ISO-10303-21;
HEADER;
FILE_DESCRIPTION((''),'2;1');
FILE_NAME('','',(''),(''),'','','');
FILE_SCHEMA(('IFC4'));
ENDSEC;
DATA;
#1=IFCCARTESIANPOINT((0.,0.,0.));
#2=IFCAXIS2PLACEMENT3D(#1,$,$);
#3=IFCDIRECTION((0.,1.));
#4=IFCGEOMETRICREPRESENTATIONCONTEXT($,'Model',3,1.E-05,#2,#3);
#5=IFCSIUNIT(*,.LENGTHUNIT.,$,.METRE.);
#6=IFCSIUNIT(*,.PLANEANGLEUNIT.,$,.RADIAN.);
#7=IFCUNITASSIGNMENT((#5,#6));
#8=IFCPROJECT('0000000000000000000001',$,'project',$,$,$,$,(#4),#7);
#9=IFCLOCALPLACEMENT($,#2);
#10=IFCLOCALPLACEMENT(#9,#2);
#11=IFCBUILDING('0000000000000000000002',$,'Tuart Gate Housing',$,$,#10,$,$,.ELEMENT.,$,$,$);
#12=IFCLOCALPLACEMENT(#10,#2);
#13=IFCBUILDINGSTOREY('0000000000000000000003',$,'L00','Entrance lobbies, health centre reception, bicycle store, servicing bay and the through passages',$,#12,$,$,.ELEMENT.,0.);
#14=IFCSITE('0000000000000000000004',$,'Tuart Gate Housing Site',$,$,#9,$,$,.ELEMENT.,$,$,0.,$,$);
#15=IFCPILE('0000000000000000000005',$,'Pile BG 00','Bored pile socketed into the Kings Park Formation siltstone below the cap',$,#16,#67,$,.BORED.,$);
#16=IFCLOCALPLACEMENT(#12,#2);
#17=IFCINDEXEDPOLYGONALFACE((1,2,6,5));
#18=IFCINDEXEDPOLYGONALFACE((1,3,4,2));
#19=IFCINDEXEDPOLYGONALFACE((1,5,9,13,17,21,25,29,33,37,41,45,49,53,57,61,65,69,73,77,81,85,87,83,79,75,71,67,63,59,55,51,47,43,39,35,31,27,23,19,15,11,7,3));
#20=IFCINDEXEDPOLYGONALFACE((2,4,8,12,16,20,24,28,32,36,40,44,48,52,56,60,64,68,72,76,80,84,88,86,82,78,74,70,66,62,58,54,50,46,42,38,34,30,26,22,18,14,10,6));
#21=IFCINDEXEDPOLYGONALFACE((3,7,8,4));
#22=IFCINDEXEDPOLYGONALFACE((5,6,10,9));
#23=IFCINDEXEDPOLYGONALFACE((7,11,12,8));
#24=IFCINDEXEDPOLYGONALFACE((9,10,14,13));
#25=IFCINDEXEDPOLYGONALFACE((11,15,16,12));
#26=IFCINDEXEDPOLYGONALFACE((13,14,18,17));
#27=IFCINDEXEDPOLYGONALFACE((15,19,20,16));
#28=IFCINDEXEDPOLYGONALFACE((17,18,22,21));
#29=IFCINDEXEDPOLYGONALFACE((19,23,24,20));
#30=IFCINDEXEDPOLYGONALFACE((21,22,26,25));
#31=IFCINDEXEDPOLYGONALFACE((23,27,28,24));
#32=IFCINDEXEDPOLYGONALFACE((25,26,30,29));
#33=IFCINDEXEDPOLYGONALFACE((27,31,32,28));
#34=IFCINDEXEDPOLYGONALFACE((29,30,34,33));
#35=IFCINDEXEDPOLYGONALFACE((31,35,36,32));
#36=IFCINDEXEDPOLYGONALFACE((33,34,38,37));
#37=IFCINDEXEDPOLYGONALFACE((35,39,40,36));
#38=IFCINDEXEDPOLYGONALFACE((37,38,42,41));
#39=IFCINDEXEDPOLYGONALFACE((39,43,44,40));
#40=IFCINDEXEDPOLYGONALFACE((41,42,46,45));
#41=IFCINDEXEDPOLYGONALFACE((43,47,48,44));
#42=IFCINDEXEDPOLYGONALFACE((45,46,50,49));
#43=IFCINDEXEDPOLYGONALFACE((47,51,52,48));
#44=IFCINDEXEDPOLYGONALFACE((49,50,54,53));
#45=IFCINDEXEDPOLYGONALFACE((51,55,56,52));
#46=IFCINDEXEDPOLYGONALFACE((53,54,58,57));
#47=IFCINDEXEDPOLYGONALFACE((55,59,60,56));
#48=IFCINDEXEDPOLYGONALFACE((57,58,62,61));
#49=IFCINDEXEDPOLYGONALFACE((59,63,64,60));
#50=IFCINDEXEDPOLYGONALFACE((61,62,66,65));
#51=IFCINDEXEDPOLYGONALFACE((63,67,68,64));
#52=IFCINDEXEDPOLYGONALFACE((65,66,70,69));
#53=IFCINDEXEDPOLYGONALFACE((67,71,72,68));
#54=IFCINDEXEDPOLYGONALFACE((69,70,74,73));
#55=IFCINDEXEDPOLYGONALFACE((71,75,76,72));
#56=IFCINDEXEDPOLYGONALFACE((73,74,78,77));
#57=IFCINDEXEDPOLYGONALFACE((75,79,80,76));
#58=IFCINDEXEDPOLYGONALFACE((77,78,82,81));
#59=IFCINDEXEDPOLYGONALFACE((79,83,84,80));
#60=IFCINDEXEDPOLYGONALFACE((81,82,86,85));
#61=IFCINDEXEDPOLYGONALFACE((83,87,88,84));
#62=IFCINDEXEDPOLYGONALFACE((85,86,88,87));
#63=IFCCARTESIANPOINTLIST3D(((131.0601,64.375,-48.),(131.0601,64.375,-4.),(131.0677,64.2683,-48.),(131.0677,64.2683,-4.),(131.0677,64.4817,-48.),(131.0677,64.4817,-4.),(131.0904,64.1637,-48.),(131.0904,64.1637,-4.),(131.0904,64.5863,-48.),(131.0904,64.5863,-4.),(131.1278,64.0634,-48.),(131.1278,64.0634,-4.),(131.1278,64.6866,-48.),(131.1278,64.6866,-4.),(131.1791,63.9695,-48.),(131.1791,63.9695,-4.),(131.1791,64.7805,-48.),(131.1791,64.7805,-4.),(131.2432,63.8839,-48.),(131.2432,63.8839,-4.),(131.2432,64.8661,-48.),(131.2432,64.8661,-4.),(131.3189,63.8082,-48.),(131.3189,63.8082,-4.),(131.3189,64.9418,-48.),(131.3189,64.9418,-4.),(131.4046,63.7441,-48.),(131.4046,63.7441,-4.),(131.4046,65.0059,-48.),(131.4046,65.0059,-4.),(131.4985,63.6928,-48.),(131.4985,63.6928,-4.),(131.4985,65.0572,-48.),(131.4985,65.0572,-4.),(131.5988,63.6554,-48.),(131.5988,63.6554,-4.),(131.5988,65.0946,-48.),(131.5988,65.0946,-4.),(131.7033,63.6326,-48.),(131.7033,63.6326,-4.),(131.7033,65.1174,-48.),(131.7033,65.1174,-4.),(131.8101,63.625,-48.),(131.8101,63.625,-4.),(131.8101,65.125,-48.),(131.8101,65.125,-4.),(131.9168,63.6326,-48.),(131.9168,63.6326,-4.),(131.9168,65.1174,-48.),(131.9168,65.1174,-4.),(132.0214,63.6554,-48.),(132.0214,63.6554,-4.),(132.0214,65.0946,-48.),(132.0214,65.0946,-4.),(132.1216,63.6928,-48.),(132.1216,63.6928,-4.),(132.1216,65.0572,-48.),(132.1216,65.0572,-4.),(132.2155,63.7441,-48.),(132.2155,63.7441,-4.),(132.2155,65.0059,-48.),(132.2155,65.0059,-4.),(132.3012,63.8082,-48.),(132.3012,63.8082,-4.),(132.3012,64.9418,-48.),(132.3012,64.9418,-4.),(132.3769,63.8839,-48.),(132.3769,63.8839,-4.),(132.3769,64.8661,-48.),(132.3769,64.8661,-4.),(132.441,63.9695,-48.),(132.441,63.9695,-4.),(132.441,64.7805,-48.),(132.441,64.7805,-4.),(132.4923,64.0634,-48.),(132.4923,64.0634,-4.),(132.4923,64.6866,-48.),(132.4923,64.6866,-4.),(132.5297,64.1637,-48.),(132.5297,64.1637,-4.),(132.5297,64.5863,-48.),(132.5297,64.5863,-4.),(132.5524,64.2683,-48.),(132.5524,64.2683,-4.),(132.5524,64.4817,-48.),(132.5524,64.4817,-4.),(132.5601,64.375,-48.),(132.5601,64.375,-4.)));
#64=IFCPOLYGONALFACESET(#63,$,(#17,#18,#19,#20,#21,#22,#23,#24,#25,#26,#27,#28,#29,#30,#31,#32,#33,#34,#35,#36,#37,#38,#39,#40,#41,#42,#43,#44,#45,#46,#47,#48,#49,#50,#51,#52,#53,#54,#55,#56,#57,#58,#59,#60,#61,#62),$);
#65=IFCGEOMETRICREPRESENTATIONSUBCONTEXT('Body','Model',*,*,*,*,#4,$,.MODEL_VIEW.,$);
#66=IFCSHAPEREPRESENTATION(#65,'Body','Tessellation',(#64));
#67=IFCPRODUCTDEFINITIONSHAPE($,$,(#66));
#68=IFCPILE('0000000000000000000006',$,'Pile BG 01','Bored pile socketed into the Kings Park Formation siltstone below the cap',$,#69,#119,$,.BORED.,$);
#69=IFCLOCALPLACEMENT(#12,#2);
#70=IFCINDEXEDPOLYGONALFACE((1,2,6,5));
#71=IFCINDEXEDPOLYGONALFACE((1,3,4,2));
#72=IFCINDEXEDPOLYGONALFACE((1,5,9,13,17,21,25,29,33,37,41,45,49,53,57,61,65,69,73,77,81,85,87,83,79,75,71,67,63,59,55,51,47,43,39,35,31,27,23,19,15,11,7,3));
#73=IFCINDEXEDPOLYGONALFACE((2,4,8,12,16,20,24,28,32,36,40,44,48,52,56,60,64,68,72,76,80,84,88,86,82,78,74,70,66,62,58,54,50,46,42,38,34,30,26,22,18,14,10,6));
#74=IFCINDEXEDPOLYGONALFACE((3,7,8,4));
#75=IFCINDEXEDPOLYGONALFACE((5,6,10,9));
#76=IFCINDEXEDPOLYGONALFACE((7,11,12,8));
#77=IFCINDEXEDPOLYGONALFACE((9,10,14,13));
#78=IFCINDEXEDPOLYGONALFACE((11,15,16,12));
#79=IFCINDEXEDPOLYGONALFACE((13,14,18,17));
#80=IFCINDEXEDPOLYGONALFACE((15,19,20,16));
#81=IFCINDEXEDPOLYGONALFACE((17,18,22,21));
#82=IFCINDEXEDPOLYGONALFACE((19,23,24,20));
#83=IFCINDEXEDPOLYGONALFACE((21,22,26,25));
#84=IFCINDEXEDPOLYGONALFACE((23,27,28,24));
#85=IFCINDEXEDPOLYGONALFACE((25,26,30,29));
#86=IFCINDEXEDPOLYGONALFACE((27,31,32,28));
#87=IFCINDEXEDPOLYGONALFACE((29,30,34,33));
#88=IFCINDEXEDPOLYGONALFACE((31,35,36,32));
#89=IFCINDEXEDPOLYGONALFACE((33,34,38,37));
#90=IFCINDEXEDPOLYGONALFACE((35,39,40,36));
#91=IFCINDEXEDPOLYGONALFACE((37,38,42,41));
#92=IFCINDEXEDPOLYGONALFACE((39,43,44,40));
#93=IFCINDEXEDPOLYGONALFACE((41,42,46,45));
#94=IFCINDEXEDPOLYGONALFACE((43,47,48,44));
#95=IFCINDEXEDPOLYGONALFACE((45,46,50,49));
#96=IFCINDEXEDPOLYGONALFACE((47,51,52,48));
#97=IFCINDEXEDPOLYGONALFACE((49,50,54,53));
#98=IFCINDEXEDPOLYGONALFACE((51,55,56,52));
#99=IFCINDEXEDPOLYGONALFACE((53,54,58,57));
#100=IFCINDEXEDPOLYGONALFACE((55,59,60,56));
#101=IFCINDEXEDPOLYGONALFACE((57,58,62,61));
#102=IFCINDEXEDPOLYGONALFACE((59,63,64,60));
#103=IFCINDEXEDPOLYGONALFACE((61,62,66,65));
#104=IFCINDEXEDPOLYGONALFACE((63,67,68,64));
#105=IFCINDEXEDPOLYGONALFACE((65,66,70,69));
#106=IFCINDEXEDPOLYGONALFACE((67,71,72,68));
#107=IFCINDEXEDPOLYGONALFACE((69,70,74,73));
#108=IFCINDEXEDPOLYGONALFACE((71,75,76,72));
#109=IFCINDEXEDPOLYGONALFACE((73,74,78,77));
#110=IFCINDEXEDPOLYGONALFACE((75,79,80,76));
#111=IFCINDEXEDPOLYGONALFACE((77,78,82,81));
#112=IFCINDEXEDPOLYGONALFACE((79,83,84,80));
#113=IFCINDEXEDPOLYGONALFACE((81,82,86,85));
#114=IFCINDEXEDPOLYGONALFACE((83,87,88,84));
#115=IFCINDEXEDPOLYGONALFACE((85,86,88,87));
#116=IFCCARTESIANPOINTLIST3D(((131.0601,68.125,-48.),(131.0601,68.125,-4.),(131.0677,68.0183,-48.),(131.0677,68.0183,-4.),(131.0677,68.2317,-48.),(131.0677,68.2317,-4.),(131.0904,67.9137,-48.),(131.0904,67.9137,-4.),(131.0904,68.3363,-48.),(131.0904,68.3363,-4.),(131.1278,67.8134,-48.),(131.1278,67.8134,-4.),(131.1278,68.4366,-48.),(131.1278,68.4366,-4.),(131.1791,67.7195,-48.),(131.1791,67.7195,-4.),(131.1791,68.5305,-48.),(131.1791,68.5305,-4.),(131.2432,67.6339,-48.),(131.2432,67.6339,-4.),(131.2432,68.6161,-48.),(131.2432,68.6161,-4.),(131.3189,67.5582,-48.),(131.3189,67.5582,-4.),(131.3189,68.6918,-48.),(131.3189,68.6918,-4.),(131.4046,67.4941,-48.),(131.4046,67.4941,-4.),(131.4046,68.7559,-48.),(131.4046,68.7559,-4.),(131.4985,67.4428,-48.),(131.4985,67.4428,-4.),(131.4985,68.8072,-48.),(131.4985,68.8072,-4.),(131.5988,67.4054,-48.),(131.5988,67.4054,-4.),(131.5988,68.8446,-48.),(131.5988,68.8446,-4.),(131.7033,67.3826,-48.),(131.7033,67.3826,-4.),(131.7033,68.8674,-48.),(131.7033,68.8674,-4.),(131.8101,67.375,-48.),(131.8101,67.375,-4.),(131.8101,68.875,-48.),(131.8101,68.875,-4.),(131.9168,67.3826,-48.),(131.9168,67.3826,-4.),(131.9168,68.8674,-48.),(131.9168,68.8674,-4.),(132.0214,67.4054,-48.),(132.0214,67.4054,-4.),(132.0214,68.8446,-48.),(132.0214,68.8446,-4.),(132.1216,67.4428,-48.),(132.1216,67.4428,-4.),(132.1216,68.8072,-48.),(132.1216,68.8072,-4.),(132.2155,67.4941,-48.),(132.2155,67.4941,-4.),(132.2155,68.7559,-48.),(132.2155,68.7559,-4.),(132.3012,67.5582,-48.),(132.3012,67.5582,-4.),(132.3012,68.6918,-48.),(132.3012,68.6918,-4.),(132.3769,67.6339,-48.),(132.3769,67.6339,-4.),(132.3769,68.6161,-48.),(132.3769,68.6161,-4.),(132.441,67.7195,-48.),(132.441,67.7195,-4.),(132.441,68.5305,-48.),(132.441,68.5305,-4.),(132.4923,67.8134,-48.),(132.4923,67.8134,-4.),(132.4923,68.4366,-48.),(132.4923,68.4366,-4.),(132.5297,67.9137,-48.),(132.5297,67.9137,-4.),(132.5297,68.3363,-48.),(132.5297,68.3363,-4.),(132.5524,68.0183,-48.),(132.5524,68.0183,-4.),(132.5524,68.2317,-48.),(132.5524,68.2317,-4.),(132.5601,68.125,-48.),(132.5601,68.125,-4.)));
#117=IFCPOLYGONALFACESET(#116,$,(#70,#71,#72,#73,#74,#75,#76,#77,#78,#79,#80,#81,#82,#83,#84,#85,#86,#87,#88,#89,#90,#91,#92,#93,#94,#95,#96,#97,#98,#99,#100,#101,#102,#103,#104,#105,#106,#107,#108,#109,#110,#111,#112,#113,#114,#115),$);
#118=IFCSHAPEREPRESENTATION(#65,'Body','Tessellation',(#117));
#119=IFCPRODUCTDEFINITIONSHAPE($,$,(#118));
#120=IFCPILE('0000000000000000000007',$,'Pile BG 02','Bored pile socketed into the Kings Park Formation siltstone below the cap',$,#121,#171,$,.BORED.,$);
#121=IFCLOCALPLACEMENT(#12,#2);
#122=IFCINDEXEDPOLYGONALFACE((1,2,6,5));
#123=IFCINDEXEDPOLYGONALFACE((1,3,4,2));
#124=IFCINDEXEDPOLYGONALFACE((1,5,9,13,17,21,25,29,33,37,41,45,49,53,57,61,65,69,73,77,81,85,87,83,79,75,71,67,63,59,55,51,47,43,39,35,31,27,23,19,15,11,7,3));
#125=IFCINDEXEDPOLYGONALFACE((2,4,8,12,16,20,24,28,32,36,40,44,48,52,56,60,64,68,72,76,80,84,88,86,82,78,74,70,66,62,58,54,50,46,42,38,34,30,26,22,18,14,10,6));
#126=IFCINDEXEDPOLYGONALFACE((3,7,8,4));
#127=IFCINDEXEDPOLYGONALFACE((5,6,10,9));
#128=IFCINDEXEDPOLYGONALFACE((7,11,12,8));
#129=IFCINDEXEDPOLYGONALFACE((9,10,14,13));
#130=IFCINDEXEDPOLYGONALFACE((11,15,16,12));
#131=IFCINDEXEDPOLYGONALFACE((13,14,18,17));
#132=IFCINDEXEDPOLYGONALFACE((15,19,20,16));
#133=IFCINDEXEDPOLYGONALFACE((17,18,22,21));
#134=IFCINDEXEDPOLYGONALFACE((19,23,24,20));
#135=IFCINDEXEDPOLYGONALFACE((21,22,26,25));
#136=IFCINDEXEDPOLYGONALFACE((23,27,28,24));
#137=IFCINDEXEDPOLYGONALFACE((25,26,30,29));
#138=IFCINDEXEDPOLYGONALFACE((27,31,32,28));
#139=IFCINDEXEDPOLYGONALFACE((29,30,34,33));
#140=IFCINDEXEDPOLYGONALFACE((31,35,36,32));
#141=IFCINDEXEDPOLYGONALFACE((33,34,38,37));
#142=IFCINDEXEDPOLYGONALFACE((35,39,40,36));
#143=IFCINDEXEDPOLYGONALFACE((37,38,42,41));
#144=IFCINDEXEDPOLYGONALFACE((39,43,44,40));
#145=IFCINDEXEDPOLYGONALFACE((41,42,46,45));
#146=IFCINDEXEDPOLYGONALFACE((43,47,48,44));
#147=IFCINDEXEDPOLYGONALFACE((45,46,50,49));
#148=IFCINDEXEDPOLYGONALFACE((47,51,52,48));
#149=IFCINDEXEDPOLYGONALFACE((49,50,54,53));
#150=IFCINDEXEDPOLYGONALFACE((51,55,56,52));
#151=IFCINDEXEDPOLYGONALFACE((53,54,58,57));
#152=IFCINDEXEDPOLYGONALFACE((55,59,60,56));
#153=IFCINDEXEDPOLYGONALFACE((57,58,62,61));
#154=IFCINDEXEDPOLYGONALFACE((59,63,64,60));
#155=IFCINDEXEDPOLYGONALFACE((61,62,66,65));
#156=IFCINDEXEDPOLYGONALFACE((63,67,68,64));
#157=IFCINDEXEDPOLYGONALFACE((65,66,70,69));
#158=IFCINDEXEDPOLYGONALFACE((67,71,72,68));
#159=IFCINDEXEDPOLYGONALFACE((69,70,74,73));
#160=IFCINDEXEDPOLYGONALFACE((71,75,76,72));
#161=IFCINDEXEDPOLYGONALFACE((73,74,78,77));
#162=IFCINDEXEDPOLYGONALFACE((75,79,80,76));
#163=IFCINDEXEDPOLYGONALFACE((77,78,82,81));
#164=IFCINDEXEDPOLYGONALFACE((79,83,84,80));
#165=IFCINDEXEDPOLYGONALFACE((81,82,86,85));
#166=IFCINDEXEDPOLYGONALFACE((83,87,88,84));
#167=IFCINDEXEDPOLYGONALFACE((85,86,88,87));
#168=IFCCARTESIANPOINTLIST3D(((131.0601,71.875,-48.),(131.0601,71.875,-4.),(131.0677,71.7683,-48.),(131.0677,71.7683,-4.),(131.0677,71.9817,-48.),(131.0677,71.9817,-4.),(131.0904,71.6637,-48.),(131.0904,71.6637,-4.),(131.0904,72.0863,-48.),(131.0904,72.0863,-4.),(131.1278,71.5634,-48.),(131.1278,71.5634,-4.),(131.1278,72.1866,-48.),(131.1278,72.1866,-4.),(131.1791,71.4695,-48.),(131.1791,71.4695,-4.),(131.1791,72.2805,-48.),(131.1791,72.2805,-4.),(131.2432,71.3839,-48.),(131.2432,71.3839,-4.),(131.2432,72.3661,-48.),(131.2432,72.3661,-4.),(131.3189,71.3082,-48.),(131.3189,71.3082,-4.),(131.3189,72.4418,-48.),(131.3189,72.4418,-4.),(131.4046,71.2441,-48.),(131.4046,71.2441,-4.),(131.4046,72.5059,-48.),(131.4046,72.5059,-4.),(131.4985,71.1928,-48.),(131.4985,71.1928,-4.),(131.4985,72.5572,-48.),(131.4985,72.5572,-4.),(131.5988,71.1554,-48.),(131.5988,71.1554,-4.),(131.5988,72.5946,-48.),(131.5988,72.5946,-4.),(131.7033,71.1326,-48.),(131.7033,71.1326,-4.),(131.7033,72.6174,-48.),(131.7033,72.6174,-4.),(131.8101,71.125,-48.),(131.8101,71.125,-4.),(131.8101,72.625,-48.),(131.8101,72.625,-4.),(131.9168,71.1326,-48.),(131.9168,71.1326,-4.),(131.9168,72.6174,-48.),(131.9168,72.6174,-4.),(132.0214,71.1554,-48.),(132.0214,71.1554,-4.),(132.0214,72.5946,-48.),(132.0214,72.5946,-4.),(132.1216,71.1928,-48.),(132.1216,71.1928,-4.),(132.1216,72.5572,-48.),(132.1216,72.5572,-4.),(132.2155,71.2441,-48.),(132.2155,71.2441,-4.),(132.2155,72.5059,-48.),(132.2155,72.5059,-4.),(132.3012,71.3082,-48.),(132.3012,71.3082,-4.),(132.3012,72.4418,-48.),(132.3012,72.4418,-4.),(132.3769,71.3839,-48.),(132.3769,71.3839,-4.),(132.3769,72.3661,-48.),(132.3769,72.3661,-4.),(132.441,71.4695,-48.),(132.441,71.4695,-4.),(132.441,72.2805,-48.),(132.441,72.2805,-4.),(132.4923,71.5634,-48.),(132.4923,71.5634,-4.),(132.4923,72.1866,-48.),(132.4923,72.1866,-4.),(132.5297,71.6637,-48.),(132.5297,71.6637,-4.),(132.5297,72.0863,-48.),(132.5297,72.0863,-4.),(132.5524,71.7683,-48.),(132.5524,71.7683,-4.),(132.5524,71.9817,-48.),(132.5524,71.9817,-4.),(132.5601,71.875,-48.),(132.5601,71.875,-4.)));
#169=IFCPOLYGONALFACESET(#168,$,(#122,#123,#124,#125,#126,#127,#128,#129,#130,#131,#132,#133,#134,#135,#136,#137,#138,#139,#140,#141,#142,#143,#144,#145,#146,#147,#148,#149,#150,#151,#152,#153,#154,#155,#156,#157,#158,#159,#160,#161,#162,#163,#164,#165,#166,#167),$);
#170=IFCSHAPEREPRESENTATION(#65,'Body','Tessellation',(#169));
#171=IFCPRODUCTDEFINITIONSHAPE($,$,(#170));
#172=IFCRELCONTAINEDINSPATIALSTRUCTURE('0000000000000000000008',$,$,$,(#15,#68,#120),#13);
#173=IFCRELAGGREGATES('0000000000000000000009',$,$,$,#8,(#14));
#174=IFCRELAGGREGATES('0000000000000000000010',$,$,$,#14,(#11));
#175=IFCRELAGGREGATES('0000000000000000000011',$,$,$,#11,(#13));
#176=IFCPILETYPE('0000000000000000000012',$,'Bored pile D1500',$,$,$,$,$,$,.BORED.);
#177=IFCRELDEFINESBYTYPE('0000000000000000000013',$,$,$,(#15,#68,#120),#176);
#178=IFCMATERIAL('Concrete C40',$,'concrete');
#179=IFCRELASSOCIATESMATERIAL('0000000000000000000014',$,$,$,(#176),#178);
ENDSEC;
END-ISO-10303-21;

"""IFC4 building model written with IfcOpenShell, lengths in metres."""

from ifc_helpers import new_model, si_unit, direction, frame, origin, origin_2d, place, context, subcontext, project, spatial, circle, extrude, material, material_profile, profile_set, type_object, element, save


model = new_model("IFC4")

# Units and contexts
model_context = context("Model", 3, precision=1e-05, world=origin(), true_north=direction((0.0, 1.0)))
body_context = subcontext(model_context, "Body", "Model", "MODEL_VIEW")
ifc_project = project(units=[si_unit("LENGTHUNIT", "METRE"), si_unit("PLANEANGLEUNIT", "RADIAN")], contexts=[model_context])

# Site, building, storey
site_placement = place(None, origin())
site = spatial("IfcSite", under=ifc_project, at=site_placement, Name="Tuart Gate Housing Site", CompositionType="ELEMENT", RefElevation=0.0)
building_placement = place(site_placement, origin())
building = spatial("IfcBuilding", under=site, at=building_placement, Name="Tuart Gate Housing", CompositionType="ELEMENT")
storey_placement = place(building_placement, origin())
storey = spatial("IfcBuildingStorey", under=building, at=storey_placement, Name="L00", Description="Entrance lobbies, health centre reception, bicycle store, servicing bay and the through passages", CompositionType="ELEMENT", Elevation=0.0)

# Piles
ifc_material_1 = material(Name="Concrete C40", Category="concrete")
ifc_material_profile_1 = material_profile(ifc_material_1, circle(Radius=0.75, at=origin_2d()), Name="Bored pile D1500")
ifc_profile_set_1 = profile_set([ifc_material_profile_1], Name="Concrete C40")
pile_type = type_object("IfcPileType", Name="Bored pile D1500", PredefinedType="BORED", material=ifc_profile_set_1)
for number, where, z_axis, x_axis, name in (
    (1, (131.8101, 64.375, -4.0), (0.0, 0.0, -1.0), (1.0, 0.0, 0.0), "Pile BG 00"),
    (2, (131.8101, 68.125, -4.0), (0.0, 0.0, -1.0), (1.0, 0.0, 0.0), "Pile BG 01"),
    (3, (131.8101, 71.875, -4.0), (0.0, 0.0, -1.0), (1.0, 0.0, 0.0), "Pile BG 02"),
):
    element("IfcPile", number, at=place(storey_placement, frame(where, z_axis=z_axis, x_axis=x_axis)), inside=storey, type_object=pile_type, Name=name, Description="Bored pile socketed into the Kings Park Formation siltstone below the cap", PredefinedType="BORED", context=body_context, shape_type="SweptSolid", body=[
        extrude(circle(Radius=0.75, at=origin_2d()), origin(), (0.0, 0.0, 1.0), 44.0),
    ])

save(model, "model.ifc")
